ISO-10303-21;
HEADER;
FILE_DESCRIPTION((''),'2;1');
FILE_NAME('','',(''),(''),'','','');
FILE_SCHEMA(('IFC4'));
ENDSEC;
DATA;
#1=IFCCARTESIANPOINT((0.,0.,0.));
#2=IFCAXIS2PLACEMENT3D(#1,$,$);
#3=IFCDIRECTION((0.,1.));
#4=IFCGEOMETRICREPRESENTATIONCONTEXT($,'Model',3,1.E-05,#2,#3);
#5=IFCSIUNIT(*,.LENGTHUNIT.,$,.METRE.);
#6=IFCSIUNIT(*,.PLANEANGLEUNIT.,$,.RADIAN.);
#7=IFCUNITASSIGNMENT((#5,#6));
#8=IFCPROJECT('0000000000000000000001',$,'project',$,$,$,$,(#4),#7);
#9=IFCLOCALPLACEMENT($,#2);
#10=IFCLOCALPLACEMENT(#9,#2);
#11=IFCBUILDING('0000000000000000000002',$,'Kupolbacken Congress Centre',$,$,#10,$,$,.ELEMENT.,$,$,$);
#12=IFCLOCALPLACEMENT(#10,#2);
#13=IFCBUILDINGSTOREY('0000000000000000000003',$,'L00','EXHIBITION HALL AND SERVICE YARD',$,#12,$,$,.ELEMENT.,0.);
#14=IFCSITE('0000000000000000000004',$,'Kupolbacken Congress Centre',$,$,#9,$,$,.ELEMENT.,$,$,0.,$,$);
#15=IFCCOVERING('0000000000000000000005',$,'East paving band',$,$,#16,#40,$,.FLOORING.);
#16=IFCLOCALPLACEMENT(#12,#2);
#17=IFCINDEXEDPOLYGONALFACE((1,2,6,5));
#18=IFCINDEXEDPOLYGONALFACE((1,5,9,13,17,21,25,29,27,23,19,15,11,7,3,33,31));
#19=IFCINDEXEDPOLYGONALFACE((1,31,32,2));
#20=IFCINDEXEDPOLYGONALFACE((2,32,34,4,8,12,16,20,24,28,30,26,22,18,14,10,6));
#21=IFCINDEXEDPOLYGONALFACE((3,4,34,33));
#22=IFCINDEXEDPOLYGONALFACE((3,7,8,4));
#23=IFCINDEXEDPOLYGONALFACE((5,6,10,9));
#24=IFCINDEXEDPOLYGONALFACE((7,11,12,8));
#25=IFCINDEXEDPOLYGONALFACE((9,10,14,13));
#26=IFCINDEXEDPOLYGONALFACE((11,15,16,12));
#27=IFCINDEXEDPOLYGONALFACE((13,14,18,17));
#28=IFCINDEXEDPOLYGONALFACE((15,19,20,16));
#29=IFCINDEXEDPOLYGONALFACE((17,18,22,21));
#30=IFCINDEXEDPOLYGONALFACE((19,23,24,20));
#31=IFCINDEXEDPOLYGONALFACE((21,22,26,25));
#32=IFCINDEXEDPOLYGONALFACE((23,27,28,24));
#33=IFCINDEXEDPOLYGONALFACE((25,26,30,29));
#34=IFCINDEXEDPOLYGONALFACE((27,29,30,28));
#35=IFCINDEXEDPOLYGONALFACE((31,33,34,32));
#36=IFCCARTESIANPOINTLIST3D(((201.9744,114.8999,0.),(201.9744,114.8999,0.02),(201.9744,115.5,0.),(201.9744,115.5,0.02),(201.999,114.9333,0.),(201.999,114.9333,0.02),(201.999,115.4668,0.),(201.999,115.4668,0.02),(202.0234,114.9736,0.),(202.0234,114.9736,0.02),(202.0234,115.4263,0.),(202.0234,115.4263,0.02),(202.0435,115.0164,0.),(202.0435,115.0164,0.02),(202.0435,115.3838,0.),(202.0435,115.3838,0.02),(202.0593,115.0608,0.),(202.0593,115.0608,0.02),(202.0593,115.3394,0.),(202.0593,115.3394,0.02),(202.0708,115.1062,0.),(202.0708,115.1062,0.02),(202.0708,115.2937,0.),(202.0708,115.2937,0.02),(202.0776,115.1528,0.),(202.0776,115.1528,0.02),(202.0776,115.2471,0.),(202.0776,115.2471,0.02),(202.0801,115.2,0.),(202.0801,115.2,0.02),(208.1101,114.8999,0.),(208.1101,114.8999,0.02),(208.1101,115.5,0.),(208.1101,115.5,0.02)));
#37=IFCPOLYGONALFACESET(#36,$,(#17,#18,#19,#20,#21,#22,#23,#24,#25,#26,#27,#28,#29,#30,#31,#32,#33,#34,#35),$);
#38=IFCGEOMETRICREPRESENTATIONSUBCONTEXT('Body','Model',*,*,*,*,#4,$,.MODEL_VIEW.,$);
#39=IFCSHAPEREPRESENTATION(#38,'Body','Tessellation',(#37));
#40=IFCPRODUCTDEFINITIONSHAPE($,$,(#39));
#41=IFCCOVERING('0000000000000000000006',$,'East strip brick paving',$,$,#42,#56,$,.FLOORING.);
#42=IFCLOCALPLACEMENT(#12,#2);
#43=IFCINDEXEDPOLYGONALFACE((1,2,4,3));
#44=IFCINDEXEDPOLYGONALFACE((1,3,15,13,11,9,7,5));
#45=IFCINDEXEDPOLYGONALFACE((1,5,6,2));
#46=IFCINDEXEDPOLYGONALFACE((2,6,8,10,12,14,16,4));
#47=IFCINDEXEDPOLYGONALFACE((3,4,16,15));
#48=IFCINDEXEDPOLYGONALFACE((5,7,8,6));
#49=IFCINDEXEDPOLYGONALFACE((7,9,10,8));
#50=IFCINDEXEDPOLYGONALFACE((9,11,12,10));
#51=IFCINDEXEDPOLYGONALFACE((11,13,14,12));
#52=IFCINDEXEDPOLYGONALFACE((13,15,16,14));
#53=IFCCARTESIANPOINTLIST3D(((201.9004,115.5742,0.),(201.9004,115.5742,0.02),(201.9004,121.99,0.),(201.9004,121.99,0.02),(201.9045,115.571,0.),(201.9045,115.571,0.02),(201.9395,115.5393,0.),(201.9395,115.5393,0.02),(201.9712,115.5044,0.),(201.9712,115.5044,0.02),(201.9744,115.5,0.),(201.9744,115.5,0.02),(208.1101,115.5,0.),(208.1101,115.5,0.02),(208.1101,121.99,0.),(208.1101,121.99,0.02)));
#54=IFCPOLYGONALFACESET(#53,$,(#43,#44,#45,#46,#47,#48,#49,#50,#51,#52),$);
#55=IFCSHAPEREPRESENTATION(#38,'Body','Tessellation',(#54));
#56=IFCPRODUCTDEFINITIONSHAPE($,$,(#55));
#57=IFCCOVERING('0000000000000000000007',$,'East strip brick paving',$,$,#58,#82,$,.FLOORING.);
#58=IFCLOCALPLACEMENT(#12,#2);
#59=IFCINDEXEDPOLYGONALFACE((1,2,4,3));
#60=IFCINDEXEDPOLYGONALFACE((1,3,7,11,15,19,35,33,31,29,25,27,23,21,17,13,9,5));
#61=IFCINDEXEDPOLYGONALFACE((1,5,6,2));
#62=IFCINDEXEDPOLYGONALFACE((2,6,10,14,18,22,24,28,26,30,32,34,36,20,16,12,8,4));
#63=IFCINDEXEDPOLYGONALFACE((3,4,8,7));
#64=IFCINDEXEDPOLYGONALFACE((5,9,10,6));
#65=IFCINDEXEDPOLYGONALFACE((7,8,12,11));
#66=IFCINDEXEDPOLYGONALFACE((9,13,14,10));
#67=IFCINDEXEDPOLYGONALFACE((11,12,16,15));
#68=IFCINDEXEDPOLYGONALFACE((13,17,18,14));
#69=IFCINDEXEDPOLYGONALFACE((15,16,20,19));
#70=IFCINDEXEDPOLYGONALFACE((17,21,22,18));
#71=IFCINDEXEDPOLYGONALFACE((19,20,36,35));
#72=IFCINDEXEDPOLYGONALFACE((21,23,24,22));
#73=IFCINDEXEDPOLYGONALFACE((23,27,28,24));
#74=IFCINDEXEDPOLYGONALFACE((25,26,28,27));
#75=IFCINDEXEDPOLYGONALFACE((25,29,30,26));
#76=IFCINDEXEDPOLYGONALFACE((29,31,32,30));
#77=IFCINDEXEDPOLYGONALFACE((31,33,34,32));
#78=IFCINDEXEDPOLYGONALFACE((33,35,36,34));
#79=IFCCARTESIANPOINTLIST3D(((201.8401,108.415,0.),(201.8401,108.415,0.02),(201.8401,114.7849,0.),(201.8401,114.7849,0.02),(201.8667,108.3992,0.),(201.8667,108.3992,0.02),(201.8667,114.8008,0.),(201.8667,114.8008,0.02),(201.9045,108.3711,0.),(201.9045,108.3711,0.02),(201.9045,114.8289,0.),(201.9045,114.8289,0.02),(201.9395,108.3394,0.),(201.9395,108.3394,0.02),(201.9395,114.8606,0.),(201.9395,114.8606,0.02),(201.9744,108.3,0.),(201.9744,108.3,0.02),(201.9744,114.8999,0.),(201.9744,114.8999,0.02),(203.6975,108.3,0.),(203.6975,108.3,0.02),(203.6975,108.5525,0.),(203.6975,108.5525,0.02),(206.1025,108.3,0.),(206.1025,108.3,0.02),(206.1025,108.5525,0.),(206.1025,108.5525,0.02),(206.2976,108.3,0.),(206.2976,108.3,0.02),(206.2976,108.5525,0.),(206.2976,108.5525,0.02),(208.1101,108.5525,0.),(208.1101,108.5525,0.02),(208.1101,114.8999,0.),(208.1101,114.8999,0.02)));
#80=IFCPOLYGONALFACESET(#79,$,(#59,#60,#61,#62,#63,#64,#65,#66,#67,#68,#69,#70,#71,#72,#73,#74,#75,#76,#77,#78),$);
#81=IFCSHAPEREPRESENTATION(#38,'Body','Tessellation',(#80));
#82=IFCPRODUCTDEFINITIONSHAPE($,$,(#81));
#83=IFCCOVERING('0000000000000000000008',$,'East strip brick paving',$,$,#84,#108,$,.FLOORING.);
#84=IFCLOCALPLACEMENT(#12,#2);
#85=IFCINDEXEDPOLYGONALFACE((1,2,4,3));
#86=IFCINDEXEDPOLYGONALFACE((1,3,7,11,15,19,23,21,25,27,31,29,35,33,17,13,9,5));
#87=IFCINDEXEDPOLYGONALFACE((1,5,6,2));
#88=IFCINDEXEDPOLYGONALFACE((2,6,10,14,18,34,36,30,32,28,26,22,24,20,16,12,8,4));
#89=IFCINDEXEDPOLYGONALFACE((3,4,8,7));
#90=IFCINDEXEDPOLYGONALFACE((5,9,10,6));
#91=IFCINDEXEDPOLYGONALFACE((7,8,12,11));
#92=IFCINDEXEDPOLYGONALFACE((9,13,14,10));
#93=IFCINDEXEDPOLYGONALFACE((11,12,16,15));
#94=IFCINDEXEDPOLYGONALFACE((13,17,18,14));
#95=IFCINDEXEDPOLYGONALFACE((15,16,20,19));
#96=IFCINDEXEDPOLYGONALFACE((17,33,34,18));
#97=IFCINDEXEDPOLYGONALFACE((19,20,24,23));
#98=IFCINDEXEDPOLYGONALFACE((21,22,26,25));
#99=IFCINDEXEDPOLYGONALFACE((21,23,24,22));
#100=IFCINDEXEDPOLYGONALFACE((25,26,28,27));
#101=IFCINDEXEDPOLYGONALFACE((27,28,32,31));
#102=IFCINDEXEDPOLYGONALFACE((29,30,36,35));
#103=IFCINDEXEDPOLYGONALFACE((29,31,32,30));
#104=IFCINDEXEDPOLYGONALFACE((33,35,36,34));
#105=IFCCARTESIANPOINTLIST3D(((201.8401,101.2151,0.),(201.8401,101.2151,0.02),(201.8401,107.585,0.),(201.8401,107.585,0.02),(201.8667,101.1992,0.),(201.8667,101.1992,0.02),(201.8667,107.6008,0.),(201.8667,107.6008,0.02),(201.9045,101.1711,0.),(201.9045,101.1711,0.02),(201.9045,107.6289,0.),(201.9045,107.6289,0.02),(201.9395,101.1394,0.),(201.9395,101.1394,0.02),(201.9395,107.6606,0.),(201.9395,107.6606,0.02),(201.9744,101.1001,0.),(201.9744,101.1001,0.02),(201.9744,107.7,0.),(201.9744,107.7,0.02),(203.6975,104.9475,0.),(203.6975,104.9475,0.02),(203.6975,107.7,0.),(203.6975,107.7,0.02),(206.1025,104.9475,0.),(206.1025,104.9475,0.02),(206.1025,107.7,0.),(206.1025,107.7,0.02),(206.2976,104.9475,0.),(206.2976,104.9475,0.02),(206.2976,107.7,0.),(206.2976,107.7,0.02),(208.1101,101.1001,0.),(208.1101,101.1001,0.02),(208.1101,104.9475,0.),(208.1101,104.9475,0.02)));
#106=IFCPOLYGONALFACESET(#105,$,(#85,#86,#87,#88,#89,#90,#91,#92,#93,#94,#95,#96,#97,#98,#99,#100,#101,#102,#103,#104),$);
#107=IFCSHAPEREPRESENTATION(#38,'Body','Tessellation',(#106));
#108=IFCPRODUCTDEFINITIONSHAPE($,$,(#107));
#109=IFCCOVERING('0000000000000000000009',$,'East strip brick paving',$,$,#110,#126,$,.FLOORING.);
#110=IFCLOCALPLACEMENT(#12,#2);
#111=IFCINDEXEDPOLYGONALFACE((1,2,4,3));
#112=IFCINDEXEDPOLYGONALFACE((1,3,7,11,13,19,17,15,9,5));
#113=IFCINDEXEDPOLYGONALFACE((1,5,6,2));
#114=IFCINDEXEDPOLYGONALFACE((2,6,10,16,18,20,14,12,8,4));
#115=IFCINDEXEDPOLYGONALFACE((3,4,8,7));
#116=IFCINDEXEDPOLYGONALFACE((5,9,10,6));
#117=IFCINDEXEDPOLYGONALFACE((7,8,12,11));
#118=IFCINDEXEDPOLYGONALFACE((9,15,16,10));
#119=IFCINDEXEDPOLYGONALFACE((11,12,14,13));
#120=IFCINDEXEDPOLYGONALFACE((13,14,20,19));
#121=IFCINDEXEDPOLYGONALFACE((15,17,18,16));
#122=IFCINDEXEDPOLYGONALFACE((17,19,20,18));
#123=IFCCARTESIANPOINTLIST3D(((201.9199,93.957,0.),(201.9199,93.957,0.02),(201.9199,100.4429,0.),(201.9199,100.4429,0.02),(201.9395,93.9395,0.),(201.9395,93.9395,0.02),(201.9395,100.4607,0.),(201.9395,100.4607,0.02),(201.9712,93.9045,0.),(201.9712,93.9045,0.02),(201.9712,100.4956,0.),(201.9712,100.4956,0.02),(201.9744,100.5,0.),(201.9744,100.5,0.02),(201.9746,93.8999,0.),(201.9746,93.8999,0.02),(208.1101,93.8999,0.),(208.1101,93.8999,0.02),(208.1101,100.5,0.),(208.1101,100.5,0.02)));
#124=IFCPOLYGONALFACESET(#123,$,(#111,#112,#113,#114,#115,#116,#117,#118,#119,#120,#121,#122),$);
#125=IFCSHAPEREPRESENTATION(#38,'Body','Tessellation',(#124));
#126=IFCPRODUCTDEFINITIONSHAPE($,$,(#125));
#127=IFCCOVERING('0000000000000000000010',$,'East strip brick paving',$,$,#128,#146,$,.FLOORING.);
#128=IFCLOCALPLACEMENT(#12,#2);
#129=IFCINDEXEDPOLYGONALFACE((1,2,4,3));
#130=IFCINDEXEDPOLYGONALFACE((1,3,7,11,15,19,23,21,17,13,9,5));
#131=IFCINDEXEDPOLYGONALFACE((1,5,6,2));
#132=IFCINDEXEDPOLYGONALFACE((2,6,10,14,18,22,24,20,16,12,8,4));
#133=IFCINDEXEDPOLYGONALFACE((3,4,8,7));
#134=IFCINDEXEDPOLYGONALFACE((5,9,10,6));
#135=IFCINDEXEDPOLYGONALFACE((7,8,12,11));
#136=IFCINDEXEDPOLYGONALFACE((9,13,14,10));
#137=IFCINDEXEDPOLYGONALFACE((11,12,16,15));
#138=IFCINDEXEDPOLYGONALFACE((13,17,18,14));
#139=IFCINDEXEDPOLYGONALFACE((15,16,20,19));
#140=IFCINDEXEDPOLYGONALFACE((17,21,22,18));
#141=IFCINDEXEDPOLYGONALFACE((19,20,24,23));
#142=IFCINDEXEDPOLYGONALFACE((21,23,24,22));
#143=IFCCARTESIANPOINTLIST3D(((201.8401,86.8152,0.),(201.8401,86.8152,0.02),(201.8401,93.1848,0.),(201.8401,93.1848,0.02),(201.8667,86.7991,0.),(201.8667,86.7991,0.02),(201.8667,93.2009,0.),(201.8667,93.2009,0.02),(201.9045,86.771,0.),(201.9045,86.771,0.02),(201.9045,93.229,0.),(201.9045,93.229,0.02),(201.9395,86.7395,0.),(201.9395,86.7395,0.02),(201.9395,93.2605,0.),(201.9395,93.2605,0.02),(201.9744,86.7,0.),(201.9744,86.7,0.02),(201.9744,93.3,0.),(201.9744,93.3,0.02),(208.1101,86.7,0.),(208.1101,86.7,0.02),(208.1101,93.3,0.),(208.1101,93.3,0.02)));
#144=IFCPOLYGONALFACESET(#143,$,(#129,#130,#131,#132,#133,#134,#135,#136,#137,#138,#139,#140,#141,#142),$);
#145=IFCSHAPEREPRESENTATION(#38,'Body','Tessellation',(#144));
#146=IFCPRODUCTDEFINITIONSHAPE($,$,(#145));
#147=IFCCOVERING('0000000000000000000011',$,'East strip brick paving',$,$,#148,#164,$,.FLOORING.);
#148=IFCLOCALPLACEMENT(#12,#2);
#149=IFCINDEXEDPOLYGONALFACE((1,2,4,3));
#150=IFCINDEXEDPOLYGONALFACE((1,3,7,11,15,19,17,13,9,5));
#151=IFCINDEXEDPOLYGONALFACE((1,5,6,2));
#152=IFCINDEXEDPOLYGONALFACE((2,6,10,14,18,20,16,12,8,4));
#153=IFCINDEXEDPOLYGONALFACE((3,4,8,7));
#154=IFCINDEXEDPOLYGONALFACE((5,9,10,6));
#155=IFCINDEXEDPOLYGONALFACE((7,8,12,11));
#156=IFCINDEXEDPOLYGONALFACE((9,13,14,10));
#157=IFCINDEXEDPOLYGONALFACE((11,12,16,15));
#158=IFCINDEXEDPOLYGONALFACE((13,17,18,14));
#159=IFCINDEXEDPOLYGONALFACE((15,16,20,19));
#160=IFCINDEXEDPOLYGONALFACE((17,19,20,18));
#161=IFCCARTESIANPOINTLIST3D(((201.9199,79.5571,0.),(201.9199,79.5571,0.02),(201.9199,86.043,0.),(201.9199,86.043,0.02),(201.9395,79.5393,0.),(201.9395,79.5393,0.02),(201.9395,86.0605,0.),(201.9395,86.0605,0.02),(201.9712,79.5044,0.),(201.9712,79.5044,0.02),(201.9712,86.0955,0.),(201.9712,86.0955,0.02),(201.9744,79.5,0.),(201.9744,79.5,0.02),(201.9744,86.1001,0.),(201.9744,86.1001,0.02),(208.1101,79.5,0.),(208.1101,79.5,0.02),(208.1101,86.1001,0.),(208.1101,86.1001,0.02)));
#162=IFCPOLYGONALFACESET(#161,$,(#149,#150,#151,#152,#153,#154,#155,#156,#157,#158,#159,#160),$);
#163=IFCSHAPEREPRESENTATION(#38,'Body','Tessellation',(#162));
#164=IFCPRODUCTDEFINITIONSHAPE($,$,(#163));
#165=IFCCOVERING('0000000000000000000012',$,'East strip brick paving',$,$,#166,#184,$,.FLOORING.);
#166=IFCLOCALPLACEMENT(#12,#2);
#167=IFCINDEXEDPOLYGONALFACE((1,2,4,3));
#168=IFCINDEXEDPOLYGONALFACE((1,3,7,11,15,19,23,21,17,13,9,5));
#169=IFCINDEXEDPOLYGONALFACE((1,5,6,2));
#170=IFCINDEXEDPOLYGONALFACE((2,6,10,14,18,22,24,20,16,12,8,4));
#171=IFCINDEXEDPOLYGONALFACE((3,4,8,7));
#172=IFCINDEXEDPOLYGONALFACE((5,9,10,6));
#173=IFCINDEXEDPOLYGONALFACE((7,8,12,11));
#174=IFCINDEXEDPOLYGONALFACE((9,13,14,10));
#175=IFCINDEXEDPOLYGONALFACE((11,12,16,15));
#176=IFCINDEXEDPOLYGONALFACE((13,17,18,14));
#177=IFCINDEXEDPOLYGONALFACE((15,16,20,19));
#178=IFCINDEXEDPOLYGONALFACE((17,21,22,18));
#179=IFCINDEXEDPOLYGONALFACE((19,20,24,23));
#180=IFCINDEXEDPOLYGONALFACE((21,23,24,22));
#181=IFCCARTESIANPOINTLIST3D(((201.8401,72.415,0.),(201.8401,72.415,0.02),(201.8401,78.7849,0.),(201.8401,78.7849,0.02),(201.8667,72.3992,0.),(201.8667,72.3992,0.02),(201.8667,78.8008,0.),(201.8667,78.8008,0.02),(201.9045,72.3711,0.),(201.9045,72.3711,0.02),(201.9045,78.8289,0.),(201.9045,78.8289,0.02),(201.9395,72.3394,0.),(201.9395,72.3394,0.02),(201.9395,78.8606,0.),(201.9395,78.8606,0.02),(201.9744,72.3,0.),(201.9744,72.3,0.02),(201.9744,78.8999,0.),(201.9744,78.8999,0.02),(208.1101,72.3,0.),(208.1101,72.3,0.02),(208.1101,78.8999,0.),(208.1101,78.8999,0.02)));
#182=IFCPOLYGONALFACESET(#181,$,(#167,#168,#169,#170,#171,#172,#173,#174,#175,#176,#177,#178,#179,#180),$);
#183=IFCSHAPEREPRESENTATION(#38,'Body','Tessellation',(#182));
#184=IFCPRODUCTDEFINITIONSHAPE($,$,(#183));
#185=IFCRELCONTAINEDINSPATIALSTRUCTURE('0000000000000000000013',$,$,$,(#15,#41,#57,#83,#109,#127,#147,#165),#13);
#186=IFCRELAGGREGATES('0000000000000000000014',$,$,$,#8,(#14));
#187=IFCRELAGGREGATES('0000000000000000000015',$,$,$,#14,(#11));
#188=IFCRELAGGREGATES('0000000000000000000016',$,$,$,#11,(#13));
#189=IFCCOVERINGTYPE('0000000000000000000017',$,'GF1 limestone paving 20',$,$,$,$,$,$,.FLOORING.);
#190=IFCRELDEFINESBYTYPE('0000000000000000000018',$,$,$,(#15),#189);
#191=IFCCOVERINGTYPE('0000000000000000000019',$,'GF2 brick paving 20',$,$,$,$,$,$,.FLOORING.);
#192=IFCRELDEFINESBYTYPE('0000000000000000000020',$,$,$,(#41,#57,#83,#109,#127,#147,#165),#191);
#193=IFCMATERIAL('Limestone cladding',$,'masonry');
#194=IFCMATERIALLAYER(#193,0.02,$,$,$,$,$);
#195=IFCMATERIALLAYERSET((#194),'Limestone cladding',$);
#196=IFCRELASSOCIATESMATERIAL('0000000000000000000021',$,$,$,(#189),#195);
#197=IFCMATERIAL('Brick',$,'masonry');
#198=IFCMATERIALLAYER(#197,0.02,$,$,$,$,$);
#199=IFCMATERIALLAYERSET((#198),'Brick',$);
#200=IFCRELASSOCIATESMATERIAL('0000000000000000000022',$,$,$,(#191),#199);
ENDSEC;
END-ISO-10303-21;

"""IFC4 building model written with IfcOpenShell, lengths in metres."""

from ifc_helpers import new_model, si_unit, direction, origin, place, context, subcontext, project, spatial, polyline, outline, extrude, material, layer, layer_set, type_object, element, save


model = new_model("IFC4")

# Units and contexts
model_context = context("Model", 3, precision=1e-05, world=origin(), true_north=direction((0.0, 1.0)))
body_context = subcontext(model_context, "Body", "Model", "MODEL_VIEW")
ifc_project = project(units=[si_unit("LENGTHUNIT", "METRE"), si_unit("PLANEANGLEUNIT", "RADIAN")], contexts=[model_context])

# Site, building, storey
site_placement = place(None, origin())
site = spatial("IfcSite", under=ifc_project, at=site_placement, Name="Kupolbacken Congress Centre", CompositionType="ELEMENT", RefElevation=0.0)
building_placement = place(site_placement, origin())
building = spatial("IfcBuilding", under=site, at=building_placement, Name="Kupolbacken Congress Centre", CompositionType="ELEMENT")
storey_placement = place(building_placement, origin())
storey = spatial("IfcBuildingStorey", under=building, at=storey_placement, Name="L00", Description="EXHIBITION HALL AND SERVICE YARD", CompositionType="ELEMENT", Elevation=0.0)

# Coverings
ifc_material_1 = material(Name="Limestone cladding", Category="masonry")
ifc_layer_1 = layer(ifc_material_1, 0.02)
ifc_layer_set_1 = layer_set([ifc_layer_1], Name="Limestone cladding")
covering_type_1 = type_object("IfcCoveringType", Name="GF1 limestone paving 20", PredefinedType="FLOORING", material=ifc_layer_set_1)
covering_1_placement = place(storey_placement, origin())
element("IfcCovering", 1, at=covering_1_placement, inside=storey, type_object=covering_type_1, Name="East paving band", PredefinedType="FLOORING", context=body_context, shape_type="SweptSolid", body=[
    extrude(outline(polyline([(201.9744, 114.8999), (201.999, 114.9333), (202.0234, 114.9736), (202.0435, 115.0164), (202.0593, 115.0608), (202.0708, 115.1062), (202.0776, 115.1528), (202.0801, 115.2), (202.0776, 115.2471), (202.0708, 115.2937), (202.0593, 115.3394), (202.0435, 115.3838), (202.0234, 115.4263), (201.999, 115.4668), (201.9744, 115.5), (208.1101, 115.5), (208.1101, 114.8999), (201.9744, 114.8999)])), origin(), (0.0, 0.0, 1.0), 0.02),
])
ifc_material_2 = material(Name="Brick", Category="masonry")
ifc_layer_2 = layer(ifc_material_2, 0.02)
ifc_layer_set_2 = layer_set([ifc_layer_2], Name="Brick")
covering_type_2 = type_object("IfcCoveringType", Name="GF2 brick paving 20", PredefinedType="FLOORING", material=ifc_layer_set_2)
covering_2_placement = place(storey_placement, origin())
element("IfcCovering", 2, at=covering_2_placement, inside=storey, type_object=covering_type_2, Name="East strip brick paving", PredefinedType="FLOORING", context=body_context, shape_type="SweptSolid", body=[
    extrude(outline(polyline([(208.1101, 115.5), (201.9744, 115.5), (201.9712, 115.5044), (201.9395, 115.5393), (201.9045, 115.571), (201.9004, 115.5742), (201.9004, 121.99), (208.1101, 121.99), (208.1101, 115.5)])), origin(), (0.0, 0.0, 1.0), 0.02),
])
covering_3_placement = place(storey_placement, origin())
element("IfcCovering", 3, at=covering_3_placement, inside=storey, type_object=covering_type_2, Name="East strip brick paving", PredefinedType="FLOORING", context=body_context, shape_type="SweptSolid", body=[
    extrude(outline(polyline([(208.1101, 108.5525), (206.2976, 108.5525), (206.2976, 108.3), (206.1025, 108.3), (206.1025, 108.5525), (203.6975, 108.5525), (203.6975, 108.3), (201.9744, 108.3), (201.9395, 108.3394), (201.9045, 108.3711), (201.8667, 108.3992), (201.8401, 108.415), (201.8401, 114.7849), (201.8667, 114.8008), (201.9045, 114.8289), (201.9395, 114.8606), (201.9744, 114.8999), (208.1101, 114.8999), (208.1101, 108.5525)])), origin(), (0.0, 0.0, 1.0), 0.02),
])
covering_4_placement = place(storey_placement, origin())
element("IfcCovering", 4, at=covering_4_placement, inside=storey, type_object=covering_type_2, Name="East strip brick paving", PredefinedType="FLOORING", context=body_context, shape_type="SweptSolid", body=[
    extrude(outline(polyline([(206.2976, 104.9475), (208.1101, 104.9475), (208.1101, 101.1001), (201.9744, 101.1001), (201.9395, 101.1394), (201.9045, 101.1711), (201.8667, 101.1992), (201.8401, 101.2151), (201.8401, 107.585), (201.8667, 107.6008), (201.9045, 107.6289), (201.9395, 107.6606), (201.9744, 107.7), (203.6975, 107.7), (203.6975, 104.9475), (206.1025, 104.9475), (206.1025, 107.7), (206.2976, 107.7), (206.2976, 104.9475)])), origin(), (0.0, 0.0, 1.0), 0.02),
])
covering_5_placement = place(storey_placement, origin())
element("IfcCovering", 5, at=covering_5_placement, inside=storey, type_object=covering_type_2, Name="East strip brick paving", PredefinedType="FLOORING", context=body_context, shape_type="SweptSolid", body=[
    extrude(outline(polyline([(208.1101, 93.8999), (201.9744, 93.8999), (201.999, 93.8667), (201.9712, 93.9045), (201.9395, 93.9395), (201.9199, 93.957), (201.9199, 100.4429), (201.9395, 100.4607), (201.9712, 100.4956), (201.9744, 100.5), (208.1101, 100.5), (208.1101, 93.8999)])), origin(), (0.0, 0.0, 1.0), 0.02),
])
covering_6_placement = place(storey_placement, origin())
element("IfcCovering", 6, at=covering_6_placement, inside=storey, type_object=covering_type_2, Name="East strip brick paving", PredefinedType="FLOORING", context=body_context, shape_type="SweptSolid", body=[
    extrude(outline(polyline([(208.1101, 86.7), (201.9744, 86.7), (201.9395, 86.7395), (201.9045, 86.771), (201.8667, 86.7991), (201.8401, 86.8152), (201.8401, 93.1848), (201.8667, 93.2009), (201.9045, 93.229), (201.9395, 93.2605), (201.9744, 93.3), (208.1101, 93.3), (208.1101, 86.7)])), origin(), (0.0, 0.0, 1.0), 0.02),
])
covering_7_placement = place(storey_placement, origin())
element("IfcCovering", 7, at=covering_7_placement, inside=storey, type_object=covering_type_2, Name="East strip brick paving", PredefinedType="FLOORING", context=body_context, shape_type="SweptSolid", body=[
    extrude(outline(polyline([(208.1101, 79.5), (201.9744, 79.5), (201.9712, 79.5044), (201.9395, 79.5393), (201.9199, 79.5571), (201.9199, 86.043), (201.9395, 86.0605), (201.9712, 86.0955), (201.9744, 86.1001), (208.1101, 86.1001), (208.1101, 79.5)])), origin(), (0.0, 0.0, 1.0), 0.02),
])
covering_8_placement = place(storey_placement, origin())
element("IfcCovering", 8, at=covering_8_placement, inside=storey, type_object=covering_type_2, Name="East strip brick paving", PredefinedType="FLOORING", context=body_context, shape_type="SweptSolid", body=[
    extrude(outline(polyline([(208.1101, 72.3), (201.9744, 72.3), (201.9395, 72.3394), (201.9045, 72.3711), (201.8667, 72.3992), (201.8401, 72.415), (201.8401, 78.7849), (201.8667, 78.8008), (201.9045, 78.8289), (201.9395, 78.8606), (201.9744, 78.8999), (208.1101, 78.8999), (208.1101, 72.3)])), origin(), (0.0, 0.0, 1.0), 0.02),
])

save(model, "model.ifc")
